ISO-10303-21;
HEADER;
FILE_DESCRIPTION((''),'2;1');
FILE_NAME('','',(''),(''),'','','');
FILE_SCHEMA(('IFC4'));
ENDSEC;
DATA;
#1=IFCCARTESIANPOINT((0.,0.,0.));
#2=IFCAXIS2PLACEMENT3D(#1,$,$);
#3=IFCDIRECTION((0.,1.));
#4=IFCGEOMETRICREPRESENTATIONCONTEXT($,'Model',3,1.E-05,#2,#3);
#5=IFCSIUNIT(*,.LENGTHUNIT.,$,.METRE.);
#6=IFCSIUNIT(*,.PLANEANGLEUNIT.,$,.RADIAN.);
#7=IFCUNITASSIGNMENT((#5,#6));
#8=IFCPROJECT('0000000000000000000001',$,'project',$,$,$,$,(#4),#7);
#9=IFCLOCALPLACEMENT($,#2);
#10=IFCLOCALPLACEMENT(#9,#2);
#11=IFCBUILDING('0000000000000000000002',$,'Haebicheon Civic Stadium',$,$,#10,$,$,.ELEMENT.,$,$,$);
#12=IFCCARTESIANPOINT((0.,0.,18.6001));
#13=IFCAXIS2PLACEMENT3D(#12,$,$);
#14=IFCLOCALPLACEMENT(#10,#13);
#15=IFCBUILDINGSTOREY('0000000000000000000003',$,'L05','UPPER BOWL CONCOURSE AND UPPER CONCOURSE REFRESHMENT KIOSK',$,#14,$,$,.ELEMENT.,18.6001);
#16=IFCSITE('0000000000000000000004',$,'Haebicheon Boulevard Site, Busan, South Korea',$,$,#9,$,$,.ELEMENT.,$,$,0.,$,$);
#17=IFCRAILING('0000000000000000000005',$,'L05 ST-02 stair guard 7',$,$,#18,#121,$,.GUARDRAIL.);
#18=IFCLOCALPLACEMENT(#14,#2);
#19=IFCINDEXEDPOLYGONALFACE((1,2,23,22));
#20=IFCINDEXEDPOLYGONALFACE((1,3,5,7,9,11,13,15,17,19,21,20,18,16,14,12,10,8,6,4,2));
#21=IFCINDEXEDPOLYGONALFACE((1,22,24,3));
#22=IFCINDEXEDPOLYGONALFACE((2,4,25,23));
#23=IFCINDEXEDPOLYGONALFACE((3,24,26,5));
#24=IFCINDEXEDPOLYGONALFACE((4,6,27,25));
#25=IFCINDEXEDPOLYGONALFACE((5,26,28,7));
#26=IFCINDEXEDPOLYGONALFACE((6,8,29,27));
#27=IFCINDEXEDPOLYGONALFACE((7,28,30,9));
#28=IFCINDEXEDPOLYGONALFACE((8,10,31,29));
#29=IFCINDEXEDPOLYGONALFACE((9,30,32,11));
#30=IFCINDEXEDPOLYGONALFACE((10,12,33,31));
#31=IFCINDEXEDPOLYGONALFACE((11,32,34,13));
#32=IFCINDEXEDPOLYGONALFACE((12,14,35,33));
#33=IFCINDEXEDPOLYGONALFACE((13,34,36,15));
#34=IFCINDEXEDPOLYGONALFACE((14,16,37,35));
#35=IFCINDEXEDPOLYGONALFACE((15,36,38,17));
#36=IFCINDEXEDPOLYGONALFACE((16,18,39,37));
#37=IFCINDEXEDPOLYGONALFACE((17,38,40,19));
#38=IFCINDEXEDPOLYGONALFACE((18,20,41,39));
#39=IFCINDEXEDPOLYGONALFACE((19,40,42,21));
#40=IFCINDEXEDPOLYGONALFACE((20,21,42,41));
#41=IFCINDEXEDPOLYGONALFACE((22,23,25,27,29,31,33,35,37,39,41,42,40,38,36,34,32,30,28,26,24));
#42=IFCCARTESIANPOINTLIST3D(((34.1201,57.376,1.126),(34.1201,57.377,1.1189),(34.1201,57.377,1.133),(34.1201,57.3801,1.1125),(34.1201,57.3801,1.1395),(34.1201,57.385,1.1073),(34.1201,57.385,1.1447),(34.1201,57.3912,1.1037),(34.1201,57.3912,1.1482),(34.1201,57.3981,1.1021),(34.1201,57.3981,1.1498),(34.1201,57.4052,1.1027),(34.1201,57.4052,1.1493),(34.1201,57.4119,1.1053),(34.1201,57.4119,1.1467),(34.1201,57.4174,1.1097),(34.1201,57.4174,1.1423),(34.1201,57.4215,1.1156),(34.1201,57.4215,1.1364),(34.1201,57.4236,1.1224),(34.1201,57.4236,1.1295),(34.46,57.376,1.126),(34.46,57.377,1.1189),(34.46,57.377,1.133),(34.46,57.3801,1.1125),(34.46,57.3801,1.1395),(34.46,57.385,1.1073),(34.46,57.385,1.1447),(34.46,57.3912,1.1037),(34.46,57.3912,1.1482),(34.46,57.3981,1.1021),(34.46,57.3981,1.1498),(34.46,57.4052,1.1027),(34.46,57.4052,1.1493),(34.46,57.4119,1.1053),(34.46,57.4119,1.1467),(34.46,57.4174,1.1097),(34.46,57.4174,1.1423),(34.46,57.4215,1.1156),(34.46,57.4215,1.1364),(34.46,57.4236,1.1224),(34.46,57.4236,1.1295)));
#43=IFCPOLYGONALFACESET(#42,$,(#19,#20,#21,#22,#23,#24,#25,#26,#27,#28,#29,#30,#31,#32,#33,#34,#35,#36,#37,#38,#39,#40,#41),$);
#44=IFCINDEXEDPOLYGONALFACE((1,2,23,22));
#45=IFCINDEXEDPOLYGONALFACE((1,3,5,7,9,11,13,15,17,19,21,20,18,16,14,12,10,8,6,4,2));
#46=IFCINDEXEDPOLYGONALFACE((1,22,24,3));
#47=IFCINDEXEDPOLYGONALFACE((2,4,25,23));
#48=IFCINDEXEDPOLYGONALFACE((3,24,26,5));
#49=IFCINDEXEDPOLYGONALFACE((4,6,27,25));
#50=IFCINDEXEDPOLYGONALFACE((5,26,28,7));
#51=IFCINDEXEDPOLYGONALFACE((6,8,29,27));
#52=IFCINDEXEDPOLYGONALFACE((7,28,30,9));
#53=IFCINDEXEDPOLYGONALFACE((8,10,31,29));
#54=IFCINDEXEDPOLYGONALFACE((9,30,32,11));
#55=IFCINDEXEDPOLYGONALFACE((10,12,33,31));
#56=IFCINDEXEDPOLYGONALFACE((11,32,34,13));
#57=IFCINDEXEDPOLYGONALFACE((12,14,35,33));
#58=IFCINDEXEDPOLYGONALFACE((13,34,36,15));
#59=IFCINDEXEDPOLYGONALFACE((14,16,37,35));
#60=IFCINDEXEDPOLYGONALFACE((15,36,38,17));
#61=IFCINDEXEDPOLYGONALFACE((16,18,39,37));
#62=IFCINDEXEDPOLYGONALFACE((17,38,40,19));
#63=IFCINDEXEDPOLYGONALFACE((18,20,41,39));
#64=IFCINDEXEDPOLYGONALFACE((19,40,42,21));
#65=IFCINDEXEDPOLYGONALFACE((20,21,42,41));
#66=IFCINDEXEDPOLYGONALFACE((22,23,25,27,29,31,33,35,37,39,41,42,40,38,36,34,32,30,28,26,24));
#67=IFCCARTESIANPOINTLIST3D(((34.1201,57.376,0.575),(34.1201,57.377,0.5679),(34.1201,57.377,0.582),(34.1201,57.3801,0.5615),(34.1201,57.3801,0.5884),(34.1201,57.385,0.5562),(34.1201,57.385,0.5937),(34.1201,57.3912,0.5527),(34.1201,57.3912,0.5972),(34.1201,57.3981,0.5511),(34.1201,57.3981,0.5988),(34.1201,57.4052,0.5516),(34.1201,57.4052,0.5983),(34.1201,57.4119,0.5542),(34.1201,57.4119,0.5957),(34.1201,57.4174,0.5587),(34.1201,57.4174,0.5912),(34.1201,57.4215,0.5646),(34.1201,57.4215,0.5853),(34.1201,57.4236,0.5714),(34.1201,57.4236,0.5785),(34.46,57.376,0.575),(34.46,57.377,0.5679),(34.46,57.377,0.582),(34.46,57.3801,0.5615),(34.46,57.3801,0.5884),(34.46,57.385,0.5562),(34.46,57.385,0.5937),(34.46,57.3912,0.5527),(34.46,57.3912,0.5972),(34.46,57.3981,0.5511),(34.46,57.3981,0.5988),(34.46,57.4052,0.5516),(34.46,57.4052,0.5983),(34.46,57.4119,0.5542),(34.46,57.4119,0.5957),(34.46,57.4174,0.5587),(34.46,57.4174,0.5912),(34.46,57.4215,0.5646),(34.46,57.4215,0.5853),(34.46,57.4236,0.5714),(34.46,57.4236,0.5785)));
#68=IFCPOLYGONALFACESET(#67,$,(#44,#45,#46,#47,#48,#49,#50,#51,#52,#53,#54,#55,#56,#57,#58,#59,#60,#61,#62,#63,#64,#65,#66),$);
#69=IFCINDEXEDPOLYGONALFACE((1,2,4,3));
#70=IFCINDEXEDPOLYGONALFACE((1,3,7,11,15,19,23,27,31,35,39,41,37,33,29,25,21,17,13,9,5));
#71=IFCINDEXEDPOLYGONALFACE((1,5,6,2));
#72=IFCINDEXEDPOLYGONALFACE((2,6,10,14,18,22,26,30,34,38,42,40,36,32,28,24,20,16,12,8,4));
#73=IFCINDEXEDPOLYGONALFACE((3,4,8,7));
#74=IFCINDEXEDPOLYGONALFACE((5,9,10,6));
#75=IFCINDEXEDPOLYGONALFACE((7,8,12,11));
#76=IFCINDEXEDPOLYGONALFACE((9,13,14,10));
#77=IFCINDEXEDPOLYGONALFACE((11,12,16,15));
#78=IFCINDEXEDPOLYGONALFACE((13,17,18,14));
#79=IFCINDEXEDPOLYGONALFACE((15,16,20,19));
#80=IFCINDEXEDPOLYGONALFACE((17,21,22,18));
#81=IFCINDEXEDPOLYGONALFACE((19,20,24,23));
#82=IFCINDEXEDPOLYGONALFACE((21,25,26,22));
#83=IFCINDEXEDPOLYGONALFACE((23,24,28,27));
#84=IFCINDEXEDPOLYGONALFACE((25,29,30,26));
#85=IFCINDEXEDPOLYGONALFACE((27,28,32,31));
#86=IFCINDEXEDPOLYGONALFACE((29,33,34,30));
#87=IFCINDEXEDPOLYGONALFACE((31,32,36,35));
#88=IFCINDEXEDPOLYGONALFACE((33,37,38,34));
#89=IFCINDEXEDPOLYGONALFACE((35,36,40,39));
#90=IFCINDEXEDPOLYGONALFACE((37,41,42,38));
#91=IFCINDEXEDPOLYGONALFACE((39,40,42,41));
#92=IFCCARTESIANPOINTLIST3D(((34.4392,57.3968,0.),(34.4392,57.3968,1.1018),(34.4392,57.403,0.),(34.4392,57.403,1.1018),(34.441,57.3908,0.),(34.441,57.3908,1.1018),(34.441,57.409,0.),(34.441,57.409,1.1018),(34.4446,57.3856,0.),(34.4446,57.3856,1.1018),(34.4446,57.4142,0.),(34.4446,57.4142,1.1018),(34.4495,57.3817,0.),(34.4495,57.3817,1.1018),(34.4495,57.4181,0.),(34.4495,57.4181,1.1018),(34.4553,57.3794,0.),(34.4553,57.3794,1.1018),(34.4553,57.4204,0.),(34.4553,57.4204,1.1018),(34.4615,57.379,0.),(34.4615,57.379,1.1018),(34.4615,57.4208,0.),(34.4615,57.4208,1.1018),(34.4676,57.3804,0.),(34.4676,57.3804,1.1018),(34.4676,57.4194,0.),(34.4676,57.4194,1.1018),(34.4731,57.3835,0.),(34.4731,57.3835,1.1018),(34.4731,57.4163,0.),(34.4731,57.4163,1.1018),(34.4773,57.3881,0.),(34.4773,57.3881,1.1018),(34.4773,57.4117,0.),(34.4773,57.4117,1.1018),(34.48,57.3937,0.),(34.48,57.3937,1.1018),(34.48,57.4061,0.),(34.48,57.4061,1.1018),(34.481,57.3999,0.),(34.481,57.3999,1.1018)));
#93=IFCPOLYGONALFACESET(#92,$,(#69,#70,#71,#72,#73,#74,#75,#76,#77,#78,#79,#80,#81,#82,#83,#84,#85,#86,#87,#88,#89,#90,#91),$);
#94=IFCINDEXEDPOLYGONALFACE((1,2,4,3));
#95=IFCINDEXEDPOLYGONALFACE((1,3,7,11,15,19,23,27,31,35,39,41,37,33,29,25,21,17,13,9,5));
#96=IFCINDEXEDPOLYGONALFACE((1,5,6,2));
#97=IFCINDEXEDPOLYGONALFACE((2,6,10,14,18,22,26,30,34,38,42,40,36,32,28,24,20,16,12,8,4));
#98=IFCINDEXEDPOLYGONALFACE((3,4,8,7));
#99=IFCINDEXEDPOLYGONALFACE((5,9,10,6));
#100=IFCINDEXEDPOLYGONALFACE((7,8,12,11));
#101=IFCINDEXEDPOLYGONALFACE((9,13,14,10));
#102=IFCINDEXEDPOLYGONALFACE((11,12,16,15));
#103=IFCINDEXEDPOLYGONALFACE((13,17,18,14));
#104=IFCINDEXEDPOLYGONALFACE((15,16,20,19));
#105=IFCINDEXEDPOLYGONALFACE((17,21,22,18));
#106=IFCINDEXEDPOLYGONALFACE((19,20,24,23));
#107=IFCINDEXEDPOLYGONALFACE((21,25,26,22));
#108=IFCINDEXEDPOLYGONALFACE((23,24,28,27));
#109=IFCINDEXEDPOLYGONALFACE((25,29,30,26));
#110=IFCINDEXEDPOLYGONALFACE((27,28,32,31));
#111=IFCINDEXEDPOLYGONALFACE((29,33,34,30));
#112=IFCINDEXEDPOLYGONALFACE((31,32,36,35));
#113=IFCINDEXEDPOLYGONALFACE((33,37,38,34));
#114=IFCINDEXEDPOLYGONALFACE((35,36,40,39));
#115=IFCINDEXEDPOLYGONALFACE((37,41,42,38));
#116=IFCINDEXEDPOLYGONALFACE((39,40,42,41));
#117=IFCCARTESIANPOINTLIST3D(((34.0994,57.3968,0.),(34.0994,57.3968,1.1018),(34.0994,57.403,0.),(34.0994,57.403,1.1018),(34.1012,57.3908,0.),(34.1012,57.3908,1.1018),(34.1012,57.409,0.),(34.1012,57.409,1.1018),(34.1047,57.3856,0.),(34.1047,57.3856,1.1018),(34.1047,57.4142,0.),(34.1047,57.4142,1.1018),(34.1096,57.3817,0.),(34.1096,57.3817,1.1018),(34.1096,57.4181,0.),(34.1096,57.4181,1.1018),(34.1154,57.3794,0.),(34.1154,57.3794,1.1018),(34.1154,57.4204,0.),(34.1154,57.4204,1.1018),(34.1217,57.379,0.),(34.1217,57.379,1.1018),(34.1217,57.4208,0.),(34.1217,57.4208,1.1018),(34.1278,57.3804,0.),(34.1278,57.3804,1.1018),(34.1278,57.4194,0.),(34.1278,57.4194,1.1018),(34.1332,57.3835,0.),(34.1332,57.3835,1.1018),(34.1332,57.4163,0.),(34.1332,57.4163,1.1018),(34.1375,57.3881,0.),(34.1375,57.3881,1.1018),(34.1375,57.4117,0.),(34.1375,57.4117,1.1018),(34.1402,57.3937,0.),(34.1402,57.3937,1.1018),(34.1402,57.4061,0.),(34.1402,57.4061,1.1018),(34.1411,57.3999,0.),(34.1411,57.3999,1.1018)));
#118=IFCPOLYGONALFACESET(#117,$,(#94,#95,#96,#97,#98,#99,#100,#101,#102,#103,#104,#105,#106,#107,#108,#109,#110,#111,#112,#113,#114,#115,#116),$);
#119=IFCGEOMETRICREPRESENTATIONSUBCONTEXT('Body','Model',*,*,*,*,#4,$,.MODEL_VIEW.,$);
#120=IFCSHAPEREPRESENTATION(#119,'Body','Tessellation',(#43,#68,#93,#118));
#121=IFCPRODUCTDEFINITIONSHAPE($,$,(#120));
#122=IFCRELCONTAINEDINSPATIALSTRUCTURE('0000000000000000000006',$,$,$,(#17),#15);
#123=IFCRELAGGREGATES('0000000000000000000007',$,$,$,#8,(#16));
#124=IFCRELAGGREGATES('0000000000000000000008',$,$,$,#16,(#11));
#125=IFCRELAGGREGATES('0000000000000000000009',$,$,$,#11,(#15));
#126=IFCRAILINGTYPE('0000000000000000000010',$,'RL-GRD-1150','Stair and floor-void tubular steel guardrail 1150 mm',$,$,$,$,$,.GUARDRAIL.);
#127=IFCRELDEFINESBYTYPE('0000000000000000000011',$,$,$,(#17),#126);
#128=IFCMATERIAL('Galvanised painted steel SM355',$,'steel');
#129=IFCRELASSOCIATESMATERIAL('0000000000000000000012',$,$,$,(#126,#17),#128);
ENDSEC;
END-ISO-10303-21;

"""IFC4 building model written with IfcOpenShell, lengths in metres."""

from ifc_helpers import new_model, si_unit, direction, frame, origin, origin_2d, place, context, subcontext, project, spatial, circle, extrude, material, type_object, element, save


model = new_model("IFC4")

# Units and contexts
model_context = context("Model", 3, precision=1e-05, world=origin(), true_north=direction((0.0, 1.0)))
body_context = subcontext(model_context, "Body", "Model", "MODEL_VIEW")
ifc_project = project(units=[si_unit("LENGTHUNIT", "METRE"), si_unit("PLANEANGLEUNIT", "RADIAN")], contexts=[model_context])

# Site, building, storey
site_placement = place(None, origin())
site = spatial("IfcSite", under=ifc_project, at=site_placement, Name="Haebicheon Boulevard Site, Busan, South Korea", CompositionType="ELEMENT", RefElevation=0.0)
building_placement = place(site_placement, origin())
building = spatial("IfcBuilding", under=site, at=building_placement, Name="Haebicheon Civic Stadium", CompositionType="ELEMENT")
storey_placement = place(building_placement, frame((0.0, 0.0, 18.6001)))
storey = spatial("IfcBuildingStorey", under=building, at=storey_placement, Name="L05", Description="UPPER BOWL CONCOURSE AND UPPER CONCOURSE REFRESHMENT KIOSK", CompositionType="ELEMENT", Elevation=18.6001)

# Railing
ifc_material_1 = material(Name="Galvanised painted steel SM355", Category="steel")
railing_type_1 = type_object("IfcRailingType", Name="RL-GRD-1150", Description="Stair and floor-void tubular steel guardrail 1150 mm", PredefinedType="GUARDRAIL", material=ifc_material_1)
railing_1_placement = place(storey_placement, frame((34.46, 57.3999, 0.0)))
element("IfcRailing", 1, at=railing_1_placement, inside=storey, type_object=railing_type_1, material=ifc_material_1, Name="L05 ST-02 stair guard 7", PredefinedType="GUARDRAIL", context=body_context, shape_type="SweptSolid", body=[
    extrude(circle(Radius=0.0239, at=origin_2d()), frame((0.0, 0.0, 1.126), z_axis=(-1.0, 0.0, 0.0), x_axis=(0.0, -1.0, 0.0)), (0.0, 0.0, 1.0), 0.3398),
    extrude(circle(Radius=0.0239, at=origin_2d()), frame((0.0, 0.0, 0.575), z_axis=(-1.0, 0.0, 0.0), x_axis=(0.0, -1.0, 0.0)), (0.0, 0.0, 1.0), 0.3398),
    extrude(circle(Radius=0.021, at=origin_2d()), origin(), (0.0, 0.0, 1.0), 1.1018),
    extrude(circle(Radius=0.021, at=origin_2d()), frame((-0.3398, 0.0, 0.0)), (0.0, 0.0, 1.0), 1.1018),
])

save(model, "model.ifc")
